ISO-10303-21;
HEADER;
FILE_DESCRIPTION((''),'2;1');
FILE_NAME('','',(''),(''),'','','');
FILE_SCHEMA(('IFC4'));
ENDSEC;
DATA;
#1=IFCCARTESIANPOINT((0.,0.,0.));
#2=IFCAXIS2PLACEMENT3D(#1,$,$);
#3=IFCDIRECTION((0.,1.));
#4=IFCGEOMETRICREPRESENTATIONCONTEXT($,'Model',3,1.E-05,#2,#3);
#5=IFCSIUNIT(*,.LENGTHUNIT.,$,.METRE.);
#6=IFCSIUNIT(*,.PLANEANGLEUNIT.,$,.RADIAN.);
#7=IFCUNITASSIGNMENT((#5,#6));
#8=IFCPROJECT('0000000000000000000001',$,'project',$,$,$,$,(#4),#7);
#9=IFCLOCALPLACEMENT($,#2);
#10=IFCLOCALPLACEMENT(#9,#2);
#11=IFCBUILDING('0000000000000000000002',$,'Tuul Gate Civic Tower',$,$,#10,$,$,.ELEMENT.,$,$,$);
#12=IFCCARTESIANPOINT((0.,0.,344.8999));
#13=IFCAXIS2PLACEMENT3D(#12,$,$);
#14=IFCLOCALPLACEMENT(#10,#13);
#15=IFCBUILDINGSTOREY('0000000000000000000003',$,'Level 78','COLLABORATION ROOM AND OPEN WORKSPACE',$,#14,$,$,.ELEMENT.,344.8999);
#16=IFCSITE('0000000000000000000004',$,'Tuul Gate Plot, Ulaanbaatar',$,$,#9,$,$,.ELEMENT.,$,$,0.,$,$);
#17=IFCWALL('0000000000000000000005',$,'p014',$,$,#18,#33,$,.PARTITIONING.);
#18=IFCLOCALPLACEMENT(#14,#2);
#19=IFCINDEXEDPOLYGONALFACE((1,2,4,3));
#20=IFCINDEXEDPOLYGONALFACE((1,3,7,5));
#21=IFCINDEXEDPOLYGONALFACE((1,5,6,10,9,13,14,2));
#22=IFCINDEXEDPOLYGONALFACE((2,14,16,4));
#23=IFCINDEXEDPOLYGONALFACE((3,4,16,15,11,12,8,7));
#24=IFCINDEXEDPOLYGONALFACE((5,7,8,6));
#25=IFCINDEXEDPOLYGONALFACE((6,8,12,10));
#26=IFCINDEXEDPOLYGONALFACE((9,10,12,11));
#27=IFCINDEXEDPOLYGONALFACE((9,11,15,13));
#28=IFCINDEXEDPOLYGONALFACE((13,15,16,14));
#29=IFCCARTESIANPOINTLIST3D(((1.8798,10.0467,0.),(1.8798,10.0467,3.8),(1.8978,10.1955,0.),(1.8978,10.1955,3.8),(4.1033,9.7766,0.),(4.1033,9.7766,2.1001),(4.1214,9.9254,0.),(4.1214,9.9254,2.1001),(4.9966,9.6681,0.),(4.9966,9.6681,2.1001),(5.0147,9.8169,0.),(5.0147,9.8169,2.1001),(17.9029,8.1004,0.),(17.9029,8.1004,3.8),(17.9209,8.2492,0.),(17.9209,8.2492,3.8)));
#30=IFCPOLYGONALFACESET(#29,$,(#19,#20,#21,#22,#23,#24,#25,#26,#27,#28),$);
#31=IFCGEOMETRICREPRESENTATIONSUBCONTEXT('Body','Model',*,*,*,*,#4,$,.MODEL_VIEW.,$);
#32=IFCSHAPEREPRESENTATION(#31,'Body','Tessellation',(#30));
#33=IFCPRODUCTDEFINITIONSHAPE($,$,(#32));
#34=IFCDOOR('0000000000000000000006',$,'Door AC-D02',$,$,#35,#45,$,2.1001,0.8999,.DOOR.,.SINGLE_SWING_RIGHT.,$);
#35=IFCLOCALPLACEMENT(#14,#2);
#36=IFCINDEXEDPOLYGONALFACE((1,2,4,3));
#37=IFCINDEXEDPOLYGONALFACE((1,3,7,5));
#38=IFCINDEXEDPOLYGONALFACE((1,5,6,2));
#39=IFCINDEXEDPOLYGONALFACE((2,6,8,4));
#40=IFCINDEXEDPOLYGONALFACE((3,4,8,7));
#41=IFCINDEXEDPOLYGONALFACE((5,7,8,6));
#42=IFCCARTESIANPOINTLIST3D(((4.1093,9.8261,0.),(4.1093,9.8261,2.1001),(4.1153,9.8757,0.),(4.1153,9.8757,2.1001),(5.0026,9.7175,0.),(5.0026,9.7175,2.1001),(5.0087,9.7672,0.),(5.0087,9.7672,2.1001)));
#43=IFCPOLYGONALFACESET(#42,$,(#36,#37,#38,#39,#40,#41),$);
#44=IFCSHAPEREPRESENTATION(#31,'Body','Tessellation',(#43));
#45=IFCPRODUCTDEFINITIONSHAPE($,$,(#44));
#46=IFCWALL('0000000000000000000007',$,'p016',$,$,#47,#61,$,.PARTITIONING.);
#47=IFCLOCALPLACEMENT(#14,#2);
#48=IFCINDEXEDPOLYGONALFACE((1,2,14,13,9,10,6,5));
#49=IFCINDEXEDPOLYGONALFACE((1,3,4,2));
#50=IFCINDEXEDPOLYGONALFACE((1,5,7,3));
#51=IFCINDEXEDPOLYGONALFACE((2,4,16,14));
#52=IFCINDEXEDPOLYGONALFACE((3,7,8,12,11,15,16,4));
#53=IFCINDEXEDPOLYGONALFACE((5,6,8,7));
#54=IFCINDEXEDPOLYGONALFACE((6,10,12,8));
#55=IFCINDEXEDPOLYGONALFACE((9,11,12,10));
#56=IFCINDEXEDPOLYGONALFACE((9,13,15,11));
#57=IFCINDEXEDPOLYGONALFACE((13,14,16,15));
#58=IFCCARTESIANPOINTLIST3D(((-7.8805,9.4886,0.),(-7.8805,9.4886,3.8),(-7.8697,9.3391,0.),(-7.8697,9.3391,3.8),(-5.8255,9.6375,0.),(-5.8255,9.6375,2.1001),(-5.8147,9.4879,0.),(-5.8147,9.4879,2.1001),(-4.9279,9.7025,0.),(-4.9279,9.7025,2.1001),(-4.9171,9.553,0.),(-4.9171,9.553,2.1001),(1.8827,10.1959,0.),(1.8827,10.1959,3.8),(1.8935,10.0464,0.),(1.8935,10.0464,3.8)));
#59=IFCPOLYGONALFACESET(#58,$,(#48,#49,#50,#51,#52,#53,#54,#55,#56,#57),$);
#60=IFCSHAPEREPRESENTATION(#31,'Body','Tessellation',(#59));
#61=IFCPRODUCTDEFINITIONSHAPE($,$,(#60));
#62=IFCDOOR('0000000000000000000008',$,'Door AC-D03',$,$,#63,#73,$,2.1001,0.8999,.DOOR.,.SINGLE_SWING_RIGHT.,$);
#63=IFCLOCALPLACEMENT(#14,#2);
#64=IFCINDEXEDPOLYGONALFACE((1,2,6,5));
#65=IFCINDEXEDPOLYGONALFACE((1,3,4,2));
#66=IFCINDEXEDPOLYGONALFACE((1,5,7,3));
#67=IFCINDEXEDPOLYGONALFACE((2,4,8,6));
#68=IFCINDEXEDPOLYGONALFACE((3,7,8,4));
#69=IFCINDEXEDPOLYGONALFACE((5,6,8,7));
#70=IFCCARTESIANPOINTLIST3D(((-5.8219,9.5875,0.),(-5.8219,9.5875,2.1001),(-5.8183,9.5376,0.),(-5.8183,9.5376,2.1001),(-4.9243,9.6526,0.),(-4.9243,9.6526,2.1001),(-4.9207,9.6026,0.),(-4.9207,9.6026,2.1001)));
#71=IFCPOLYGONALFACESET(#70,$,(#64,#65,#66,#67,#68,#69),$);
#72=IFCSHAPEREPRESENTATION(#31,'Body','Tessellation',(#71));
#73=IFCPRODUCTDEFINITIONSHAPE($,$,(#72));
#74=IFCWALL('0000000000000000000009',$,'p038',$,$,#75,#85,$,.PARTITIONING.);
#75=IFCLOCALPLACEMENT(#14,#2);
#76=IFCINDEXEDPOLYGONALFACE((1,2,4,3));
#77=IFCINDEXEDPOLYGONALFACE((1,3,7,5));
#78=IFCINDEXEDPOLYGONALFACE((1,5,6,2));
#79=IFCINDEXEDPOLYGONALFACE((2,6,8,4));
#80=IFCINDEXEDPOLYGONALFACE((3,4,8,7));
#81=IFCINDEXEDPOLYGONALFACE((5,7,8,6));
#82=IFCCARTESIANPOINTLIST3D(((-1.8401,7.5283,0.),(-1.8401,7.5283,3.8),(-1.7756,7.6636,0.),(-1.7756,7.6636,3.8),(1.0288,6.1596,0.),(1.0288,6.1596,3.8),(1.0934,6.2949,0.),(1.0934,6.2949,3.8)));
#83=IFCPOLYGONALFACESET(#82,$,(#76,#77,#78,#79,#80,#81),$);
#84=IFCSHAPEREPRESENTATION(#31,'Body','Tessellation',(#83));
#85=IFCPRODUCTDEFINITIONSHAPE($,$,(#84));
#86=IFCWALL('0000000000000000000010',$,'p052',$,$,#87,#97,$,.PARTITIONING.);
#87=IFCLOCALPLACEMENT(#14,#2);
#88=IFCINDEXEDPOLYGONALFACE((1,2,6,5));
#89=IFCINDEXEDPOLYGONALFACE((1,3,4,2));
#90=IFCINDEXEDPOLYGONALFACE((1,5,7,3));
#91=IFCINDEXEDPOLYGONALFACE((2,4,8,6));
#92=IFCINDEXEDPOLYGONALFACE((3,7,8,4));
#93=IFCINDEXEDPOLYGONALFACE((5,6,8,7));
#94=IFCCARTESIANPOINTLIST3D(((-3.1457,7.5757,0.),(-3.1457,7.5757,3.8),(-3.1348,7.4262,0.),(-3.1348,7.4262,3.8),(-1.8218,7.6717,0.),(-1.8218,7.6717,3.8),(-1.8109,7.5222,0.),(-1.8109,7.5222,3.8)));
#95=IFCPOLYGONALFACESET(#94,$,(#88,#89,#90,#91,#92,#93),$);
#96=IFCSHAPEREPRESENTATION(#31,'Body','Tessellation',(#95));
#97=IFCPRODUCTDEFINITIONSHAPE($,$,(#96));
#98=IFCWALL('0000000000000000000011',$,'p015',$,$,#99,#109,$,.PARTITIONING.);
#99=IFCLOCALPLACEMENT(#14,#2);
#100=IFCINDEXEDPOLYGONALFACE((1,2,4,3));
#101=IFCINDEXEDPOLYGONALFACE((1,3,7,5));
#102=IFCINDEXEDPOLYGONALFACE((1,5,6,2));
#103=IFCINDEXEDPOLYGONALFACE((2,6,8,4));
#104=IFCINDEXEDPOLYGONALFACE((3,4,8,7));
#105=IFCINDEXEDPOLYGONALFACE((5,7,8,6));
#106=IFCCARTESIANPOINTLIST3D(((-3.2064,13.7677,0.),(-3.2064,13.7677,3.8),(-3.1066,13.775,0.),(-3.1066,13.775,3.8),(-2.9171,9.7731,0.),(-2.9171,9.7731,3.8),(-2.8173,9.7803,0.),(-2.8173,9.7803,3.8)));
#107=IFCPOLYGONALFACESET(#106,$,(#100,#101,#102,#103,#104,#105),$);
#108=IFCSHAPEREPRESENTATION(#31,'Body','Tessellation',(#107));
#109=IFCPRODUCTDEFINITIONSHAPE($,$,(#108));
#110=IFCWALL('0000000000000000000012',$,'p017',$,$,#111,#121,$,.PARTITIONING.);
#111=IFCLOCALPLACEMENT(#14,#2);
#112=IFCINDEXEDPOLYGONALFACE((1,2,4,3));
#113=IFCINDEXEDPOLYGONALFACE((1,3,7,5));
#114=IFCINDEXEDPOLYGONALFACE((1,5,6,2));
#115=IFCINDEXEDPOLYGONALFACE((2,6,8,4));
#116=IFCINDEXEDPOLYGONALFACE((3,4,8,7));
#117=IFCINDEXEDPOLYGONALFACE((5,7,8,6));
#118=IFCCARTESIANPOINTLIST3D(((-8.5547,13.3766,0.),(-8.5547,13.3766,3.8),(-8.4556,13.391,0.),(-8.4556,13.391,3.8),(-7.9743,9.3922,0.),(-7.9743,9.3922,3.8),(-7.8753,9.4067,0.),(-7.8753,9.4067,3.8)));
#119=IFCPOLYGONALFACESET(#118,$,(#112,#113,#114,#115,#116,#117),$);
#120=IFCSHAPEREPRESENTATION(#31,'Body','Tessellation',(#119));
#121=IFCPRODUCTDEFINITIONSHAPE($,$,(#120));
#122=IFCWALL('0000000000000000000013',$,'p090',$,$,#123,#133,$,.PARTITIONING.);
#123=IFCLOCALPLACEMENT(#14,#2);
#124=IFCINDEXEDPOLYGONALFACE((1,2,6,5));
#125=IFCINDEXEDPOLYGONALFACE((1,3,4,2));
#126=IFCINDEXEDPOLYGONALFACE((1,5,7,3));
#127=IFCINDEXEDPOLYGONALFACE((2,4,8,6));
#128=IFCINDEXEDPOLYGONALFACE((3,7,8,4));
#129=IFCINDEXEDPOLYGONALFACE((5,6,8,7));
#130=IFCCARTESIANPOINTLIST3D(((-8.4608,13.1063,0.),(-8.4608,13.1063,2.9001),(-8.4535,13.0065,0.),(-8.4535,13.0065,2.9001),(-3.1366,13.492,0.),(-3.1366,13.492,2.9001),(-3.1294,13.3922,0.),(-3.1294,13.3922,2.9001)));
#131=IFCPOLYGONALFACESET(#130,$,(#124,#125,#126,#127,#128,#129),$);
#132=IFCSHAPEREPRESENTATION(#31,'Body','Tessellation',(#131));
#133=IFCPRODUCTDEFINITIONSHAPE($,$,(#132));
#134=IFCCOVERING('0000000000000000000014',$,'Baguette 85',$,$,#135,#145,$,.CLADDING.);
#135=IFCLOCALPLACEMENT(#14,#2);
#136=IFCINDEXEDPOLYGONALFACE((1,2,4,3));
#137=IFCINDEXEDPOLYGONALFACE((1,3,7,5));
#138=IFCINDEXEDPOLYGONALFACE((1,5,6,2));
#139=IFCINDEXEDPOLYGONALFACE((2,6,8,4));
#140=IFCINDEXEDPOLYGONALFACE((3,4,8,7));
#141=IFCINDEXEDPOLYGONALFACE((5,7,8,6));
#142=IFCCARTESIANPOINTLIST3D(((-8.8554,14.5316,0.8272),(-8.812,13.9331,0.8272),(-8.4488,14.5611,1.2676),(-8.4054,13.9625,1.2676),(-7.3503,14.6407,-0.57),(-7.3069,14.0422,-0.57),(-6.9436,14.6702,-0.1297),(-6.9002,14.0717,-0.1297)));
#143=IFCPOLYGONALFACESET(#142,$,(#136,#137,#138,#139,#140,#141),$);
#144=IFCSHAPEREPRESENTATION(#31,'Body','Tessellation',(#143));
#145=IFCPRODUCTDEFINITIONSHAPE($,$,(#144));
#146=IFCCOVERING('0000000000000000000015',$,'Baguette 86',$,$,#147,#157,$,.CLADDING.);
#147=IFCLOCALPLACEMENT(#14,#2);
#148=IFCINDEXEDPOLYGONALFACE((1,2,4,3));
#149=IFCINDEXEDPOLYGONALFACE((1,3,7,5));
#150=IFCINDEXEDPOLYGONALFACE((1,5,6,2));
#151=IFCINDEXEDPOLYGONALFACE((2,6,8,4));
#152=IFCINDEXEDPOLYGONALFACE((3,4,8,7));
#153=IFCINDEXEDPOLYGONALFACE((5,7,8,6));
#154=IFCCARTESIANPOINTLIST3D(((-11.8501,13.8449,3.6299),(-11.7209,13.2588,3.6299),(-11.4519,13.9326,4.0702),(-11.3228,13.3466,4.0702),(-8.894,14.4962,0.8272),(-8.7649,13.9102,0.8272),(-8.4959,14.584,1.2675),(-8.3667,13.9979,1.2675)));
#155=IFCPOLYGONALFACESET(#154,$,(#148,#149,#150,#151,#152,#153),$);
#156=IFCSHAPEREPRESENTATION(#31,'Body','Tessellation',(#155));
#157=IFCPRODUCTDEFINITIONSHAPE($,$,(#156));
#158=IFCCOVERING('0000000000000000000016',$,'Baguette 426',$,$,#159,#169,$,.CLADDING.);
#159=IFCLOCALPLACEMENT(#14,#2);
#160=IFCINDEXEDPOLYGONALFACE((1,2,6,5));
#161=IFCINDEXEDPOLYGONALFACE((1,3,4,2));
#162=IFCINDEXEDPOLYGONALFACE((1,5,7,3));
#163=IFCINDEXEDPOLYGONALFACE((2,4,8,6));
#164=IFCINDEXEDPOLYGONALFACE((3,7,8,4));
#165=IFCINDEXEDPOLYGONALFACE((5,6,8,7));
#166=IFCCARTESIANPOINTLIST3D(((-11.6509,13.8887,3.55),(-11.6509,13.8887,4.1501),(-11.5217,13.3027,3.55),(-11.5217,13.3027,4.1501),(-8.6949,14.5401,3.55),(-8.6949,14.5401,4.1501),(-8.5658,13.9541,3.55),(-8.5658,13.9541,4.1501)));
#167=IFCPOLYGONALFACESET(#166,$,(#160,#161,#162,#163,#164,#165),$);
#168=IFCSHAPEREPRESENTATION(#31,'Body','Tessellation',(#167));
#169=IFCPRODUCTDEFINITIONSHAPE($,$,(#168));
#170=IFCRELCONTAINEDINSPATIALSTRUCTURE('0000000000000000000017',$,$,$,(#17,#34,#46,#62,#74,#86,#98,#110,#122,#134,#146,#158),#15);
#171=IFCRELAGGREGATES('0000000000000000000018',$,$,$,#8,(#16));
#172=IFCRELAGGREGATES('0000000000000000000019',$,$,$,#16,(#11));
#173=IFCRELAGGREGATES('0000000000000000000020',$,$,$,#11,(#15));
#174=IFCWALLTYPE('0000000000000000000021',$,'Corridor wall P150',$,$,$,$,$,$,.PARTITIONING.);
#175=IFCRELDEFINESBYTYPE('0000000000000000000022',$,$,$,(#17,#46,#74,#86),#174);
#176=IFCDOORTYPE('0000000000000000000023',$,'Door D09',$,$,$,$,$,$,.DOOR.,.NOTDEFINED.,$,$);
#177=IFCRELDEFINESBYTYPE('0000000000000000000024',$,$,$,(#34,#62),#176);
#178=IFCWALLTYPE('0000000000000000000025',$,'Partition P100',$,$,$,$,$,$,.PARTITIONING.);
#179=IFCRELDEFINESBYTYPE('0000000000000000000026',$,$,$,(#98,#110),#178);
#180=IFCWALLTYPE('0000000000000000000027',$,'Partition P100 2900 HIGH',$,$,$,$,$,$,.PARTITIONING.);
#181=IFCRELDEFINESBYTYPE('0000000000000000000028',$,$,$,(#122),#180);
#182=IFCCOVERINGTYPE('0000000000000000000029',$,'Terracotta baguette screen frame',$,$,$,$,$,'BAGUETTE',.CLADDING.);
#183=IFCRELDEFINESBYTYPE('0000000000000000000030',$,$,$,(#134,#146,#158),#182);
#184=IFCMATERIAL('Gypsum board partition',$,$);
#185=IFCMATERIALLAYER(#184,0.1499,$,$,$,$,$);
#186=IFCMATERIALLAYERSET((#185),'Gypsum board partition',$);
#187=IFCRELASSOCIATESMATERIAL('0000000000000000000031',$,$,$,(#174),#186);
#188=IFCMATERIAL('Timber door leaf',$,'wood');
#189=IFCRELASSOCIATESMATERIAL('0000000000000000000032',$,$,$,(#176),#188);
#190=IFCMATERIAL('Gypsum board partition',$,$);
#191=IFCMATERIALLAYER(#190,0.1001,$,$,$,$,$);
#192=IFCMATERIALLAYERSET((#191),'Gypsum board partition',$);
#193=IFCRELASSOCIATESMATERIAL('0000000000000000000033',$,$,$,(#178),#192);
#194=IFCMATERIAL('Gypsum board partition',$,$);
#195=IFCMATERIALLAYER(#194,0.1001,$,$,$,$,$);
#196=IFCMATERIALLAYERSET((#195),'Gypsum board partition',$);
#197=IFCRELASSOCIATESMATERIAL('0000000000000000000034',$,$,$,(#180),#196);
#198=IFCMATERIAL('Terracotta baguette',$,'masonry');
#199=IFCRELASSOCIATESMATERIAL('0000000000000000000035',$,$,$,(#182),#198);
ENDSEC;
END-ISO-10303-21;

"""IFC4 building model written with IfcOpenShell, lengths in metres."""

from ifc_helpers import new_model, si_unit, direction, frame, frame_2d, origin, origin_2d, place, context, subcontext, project, spatial, rectangle, extrude, material, layer, layer_set, material_profile, profile_set, type_object, element, fill, save


model = new_model("IFC4")

# Units and contexts
model_context = context("Model", 3, precision=1e-05, world=origin(), true_north=direction((0.0, 1.0)))
body_context = subcontext(model_context, "Body", "Model", "MODEL_VIEW")
ifc_project = project(units=[si_unit("LENGTHUNIT", "METRE"), si_unit("PLANEANGLEUNIT", "RADIAN")], contexts=[model_context])

# Site, building, storey
site_placement = place(None, origin())
site = spatial("IfcSite", under=ifc_project, at=site_placement, Name="Tuul Gate Plot, Ulaanbaatar", CompositionType="ELEMENT", RefElevation=0.0)
building_placement = place(site_placement, origin())
building = spatial("IfcBuilding", under=site, at=building_placement, Name="Tuul Gate Civic Tower", CompositionType="ELEMENT")
storey_placement = place(building_placement, frame((0.0, 0.0, 344.8999)))
storey = spatial("IfcBuildingStorey", under=building, at=storey_placement, Name="Level 78", Description="COLLABORATION ROOM AND OPEN WORKSPACE", CompositionType="ELEMENT", Elevation=344.8999)

# Walls, openings, doors
ifc_material_1 = material(Name="Gypsum board partition")
ifc_layer_1 = layer(ifc_material_1, 0.1499)
ifc_layer_set_1 = layer_set([ifc_layer_1], Name="Gypsum board partition")
wall_type_1 = type_object("IfcWallType", Name="Corridor wall P150", PredefinedType="PARTITIONING", material=ifc_layer_set_1)
wall_1_placement = place(storey_placement, frame((1.8889, 10.1211, 0.0), z_axis=(0.0, 0.0, 1.0), x_axis=(0.992704, -0.120581, 0.0)))
wall_1 = element("IfcWall", 1, at=wall_1_placement, inside=storey, type_object=wall_type_1, Name="p014", PredefinedType="PARTITIONING", context=body_context, shape_type="SweptSolid", body=[
    extrude(rectangle(XDim=16.1409, YDim=0.1499, at=frame_2d((8.0703, 0.0))), origin(), (0.0, 0.0, 1.0), 3.8),
])
opening_1_placement = place(wall_1_placement, frame((2.2397, 0.0, 0.0)))
opening_1 = element("IfcOpeningElement", 2, at=opening_1_placement, cuts=wall_1, PredefinedType="OPENING", context=body_context, shape_type="SweptSolid", body=[
    extrude(rectangle(XDim=0.8999, YDim=2.1001, at=frame_2d((0.45, 1.05))), frame((0.0, 0.085, 0.0), z_axis=(0.0, -1.0, 0.0), x_axis=(1.0, 0.0, 0.0)), (0.0, 0.0, 1.0), 0.1699),
])
ifc_material_2 = material(Name="Timber door leaf", Category="wood")
door_type = type_object("IfcDoorType", Name="Door D09", OperationType="NOTDEFINED", PredefinedType="DOOR", material=ifc_material_2)
door_1_placement = place(opening_1_placement, origin())
door_1 = element("IfcDoor", 3, at=door_1_placement, inside=storey, type_object=door_type, Name="Door AC-D02", OperationType="SINGLE_SWING_RIGHT", OverallHeight=2.1001, OverallWidth=0.8999, PredefinedType="DOOR", context=body_context, shape_type="SweptSolid", body=[
    extrude(rectangle(XDim=0.8999, YDim=2.1001, at=frame_2d((0.45, 1.05))), frame((0.0, 0.0249, 0.0), z_axis=(0.0, -1.0, 0.0), x_axis=(1.0, 0.0, 0.0)), (0.0, 0.0, 1.0), 0.05),
])
fill(opening_1, door_1)
wall_2_placement = place(storey_placement, frame((-7.8752, 9.4138, 0.0), z_axis=(0.0, 0.0, 1.0), x_axis=(0.997386, 0.072254, 0.0)))
wall_2 = element("IfcWall", 4, at=wall_2_placement, inside=storey, type_object=wall_type_1, Name="p016", PredefinedType="PARTITIONING", context=body_context, shape_type="SweptSolid", body=[
    extrude(rectangle(XDim=9.7888, YDim=0.1499, at=frame_2d((4.8945, 0.0))), origin(), (0.0, 0.0, 1.0), 3.8),
])
opening_2_placement = place(wall_2_placement, frame((2.0605, 0.0, 0.0)))
opening_2 = element("IfcOpeningElement", 5, at=opening_2_placement, cuts=wall_2, PredefinedType="OPENING", context=body_context, shape_type="SweptSolid", body=[
    extrude(rectangle(XDim=0.8999, YDim=2.1001, at=frame_2d((0.45, 1.05))), frame((0.0, 0.085, 0.0), z_axis=(0.0, -1.0, 0.0), x_axis=(1.0, 0.0, 0.0)), (0.0, 0.0, 1.0), 0.1699),
])
door_2_placement = place(opening_2_placement, origin())
door_2 = element("IfcDoor", 6, at=door_2_placement, inside=storey, type_object=door_type, Name="Door AC-D03", OperationType="SINGLE_SWING_RIGHT", OverallHeight=2.1001, OverallWidth=0.8999, PredefinedType="DOOR", context=body_context, shape_type="SweptSolid", body=[
    extrude(rectangle(XDim=0.8999, YDim=2.1001, at=frame_2d((0.45, 1.05))), frame((0.0, 0.0249, 0.0), z_axis=(0.0, -1.0, 0.0), x_axis=(1.0, 0.0, 0.0)), (0.0, 0.0, 1.0), 0.05),
])
fill(opening_2, door_2)

# Walls
wall_3_placement = place(storey_placement, frame((-1.8079, 7.5959, 0.0), z_axis=(0.0, 0.0, 1.0), x_axis=(0.902554, -0.430577, 0.0)))
element("IfcWall", 7, at=wall_3_placement, inside=storey, type_object=wall_type_1, Name="p038", PredefinedType="PARTITIONING", context=body_context, shape_type="SweptSolid", body=[
    extrude(rectangle(XDim=3.1787, YDim=0.1499, at=frame_2d((1.5894, 0.0))), origin(), (0.0, 0.0, 1.0), 3.8),
])
wall_4_placement = place(storey_placement, frame((-3.1401, 7.501, 0.0), z_axis=(0.0, 0.0, 1.0), x_axis=(0.997384, 0.07228, 0.0)))
element("IfcWall", 8, at=wall_4_placement, inside=storey, type_object=wall_type_1, Name="p052", PredefinedType="PARTITIONING", context=body_context, shape_type="SweptSolid", body=[
    extrude(rectangle(XDim=1.3274, YDim=0.1499, at=frame_2d((0.6636, 0.0))), origin(), (0.0, 0.0, 1.0), 3.8),
])
ifc_material_3 = material(Name="Gypsum board partition")
ifc_layer_2 = layer(ifc_material_3, 0.1001)
ifc_layer_set_2 = layer_set([ifc_layer_2], Name="Gypsum board partition")
wall_type_2 = type_object("IfcWallType", Name="Partition P100", PredefinedType="PARTITIONING", material=ifc_layer_set_2)
wall_5_placement = place(storey_placement, frame((-3.1565, 13.7712, 0.0), z_axis=(0.0, 0.0, 1.0), x_axis=(0.072235, -0.997388, 0.0)))
element("IfcWall", 9, at=wall_5_placement, inside=storey, type_object=wall_type_2, Name="p015", PredefinedType="PARTITIONING", context=body_context, shape_type="SweptSolid", body=[
    extrude(rectangle(XDim=4.0051, YDim=0.1001, at=frame_2d((2.0024, 0.0))), origin(), (0.0, 0.0, 1.0), 3.8),
])
wall_6_placement = place(storey_placement, frame((-8.5051, 13.3838, 0.0), z_axis=(0.0, 0.0, 1.0), x_axis=(0.144129, -0.989559, 0.0)))
element("IfcWall", 10, at=wall_6_placement, inside=storey, type_object=wall_type_2, Name="p017", PredefinedType="PARTITIONING", context=body_context, shape_type="SweptSolid", body=[
    extrude(rectangle(XDim=4.0264, YDim=0.1001, at=frame_2d((2.0132, 0.0))), origin(), (0.0, 0.0, 1.0), 3.8),
])
ifc_material_4 = material(Name="Gypsum board partition")
ifc_layer_3 = layer(ifc_material_4, 0.1001)
ifc_layer_set_3 = layer_set([ifc_layer_3], Name="Gypsum board partition")
wall_type_3 = type_object("IfcWallType", Name="Partition P100 2900 HIGH", PredefinedType="PARTITIONING", material=ifc_layer_set_3)
wall_7_placement = place(storey_placement, frame((-8.457, 13.0564, 0.0), z_axis=(0.0, 0.0, 1.0), x_axis=(0.997386, 0.072261, 0.0)))
element("IfcWall", 11, at=wall_7_placement, inside=storey, type_object=wall_type_3, Name="p090", PredefinedType="PARTITIONING", context=body_context, shape_type="SweptSolid", body=[
    extrude(rectangle(XDim=5.3381, YDim=0.1001, at=frame_2d((2.6689, 0.0))), origin(), (0.0, 0.0, 1.0), 2.9001),
])

# Coverings
ifc_material_5 = material(Name="Terracotta baguette", Category="masonry")
ifc_material_profile_1 = material_profile(ifc_material_5, rectangle(XDim=0.6001, YDim=0.6001, at=origin_2d()), Name="Terracotta baguette screen frame")
ifc_profile_set_1 = profile_set([ifc_material_profile_1], Name="Terracotta baguette")
covering_type = type_object("IfcCoveringType", Name="Terracotta baguette screen frame", ElementType="BAGUETTE", PredefinedType="CLADDING", material=ifc_profile_set_1)
covering_1_placement = place(storey_placement, frame((-7.1252, 14.3562, -0.3499), z_axis=(-0.731858, -0.053064, 0.679388), x_axis=(0.072316, -0.997382, 0.0)))
element("IfcCovering", 12, at=covering_1_placement, inside=storey, type_object=covering_type, Name="Baguette 85", PredefinedType="CLADDING", context=body_context, shape_type="SweptSolid", body=[
    extrude(rectangle(XDim=0.6001, YDim=0.6001, at=origin_2d()), origin(), (0.0, 0.0, 1.0), 2.0566),
])
covering_2_placement = place(storey_placement, frame((-8.6304, 14.2471, 1.0474), z_axis=(-0.716572, -0.157897, 0.679406), x_axis=(0.215188, -0.976573, 0.0)))
element("IfcCovering", 13, at=covering_2_placement, inside=storey, type_object=covering_type, Name="Baguette 86", PredefinedType="CLADDING", context=body_context, shape_type="SweptSolid", body=[
    extrude(rectangle(XDim=0.6001, YDim=0.6001, at=origin_2d()), origin(), (0.0, 0.0, 1.0), 4.1252),
])
covering_3_placement = place(storey_placement, frame((-8.6304, 14.2471, 3.8501), z_axis=(-0.976573, -0.215188, 0.0), x_axis=(0.215188, -0.976573, 0.0)))
element("IfcCovering", 14, at=covering_3_placement, inside=storey, type_object=covering_type, Name="Baguette 426", PredefinedType="CLADDING", context=body_context, shape_type="SweptSolid", body=[
    extrude(rectangle(XDim=0.6001, YDim=0.6001, at=origin_2d()), origin(), (0.0, 0.0, 1.0), 3.0269),
])

save(model, "model.ifc")
